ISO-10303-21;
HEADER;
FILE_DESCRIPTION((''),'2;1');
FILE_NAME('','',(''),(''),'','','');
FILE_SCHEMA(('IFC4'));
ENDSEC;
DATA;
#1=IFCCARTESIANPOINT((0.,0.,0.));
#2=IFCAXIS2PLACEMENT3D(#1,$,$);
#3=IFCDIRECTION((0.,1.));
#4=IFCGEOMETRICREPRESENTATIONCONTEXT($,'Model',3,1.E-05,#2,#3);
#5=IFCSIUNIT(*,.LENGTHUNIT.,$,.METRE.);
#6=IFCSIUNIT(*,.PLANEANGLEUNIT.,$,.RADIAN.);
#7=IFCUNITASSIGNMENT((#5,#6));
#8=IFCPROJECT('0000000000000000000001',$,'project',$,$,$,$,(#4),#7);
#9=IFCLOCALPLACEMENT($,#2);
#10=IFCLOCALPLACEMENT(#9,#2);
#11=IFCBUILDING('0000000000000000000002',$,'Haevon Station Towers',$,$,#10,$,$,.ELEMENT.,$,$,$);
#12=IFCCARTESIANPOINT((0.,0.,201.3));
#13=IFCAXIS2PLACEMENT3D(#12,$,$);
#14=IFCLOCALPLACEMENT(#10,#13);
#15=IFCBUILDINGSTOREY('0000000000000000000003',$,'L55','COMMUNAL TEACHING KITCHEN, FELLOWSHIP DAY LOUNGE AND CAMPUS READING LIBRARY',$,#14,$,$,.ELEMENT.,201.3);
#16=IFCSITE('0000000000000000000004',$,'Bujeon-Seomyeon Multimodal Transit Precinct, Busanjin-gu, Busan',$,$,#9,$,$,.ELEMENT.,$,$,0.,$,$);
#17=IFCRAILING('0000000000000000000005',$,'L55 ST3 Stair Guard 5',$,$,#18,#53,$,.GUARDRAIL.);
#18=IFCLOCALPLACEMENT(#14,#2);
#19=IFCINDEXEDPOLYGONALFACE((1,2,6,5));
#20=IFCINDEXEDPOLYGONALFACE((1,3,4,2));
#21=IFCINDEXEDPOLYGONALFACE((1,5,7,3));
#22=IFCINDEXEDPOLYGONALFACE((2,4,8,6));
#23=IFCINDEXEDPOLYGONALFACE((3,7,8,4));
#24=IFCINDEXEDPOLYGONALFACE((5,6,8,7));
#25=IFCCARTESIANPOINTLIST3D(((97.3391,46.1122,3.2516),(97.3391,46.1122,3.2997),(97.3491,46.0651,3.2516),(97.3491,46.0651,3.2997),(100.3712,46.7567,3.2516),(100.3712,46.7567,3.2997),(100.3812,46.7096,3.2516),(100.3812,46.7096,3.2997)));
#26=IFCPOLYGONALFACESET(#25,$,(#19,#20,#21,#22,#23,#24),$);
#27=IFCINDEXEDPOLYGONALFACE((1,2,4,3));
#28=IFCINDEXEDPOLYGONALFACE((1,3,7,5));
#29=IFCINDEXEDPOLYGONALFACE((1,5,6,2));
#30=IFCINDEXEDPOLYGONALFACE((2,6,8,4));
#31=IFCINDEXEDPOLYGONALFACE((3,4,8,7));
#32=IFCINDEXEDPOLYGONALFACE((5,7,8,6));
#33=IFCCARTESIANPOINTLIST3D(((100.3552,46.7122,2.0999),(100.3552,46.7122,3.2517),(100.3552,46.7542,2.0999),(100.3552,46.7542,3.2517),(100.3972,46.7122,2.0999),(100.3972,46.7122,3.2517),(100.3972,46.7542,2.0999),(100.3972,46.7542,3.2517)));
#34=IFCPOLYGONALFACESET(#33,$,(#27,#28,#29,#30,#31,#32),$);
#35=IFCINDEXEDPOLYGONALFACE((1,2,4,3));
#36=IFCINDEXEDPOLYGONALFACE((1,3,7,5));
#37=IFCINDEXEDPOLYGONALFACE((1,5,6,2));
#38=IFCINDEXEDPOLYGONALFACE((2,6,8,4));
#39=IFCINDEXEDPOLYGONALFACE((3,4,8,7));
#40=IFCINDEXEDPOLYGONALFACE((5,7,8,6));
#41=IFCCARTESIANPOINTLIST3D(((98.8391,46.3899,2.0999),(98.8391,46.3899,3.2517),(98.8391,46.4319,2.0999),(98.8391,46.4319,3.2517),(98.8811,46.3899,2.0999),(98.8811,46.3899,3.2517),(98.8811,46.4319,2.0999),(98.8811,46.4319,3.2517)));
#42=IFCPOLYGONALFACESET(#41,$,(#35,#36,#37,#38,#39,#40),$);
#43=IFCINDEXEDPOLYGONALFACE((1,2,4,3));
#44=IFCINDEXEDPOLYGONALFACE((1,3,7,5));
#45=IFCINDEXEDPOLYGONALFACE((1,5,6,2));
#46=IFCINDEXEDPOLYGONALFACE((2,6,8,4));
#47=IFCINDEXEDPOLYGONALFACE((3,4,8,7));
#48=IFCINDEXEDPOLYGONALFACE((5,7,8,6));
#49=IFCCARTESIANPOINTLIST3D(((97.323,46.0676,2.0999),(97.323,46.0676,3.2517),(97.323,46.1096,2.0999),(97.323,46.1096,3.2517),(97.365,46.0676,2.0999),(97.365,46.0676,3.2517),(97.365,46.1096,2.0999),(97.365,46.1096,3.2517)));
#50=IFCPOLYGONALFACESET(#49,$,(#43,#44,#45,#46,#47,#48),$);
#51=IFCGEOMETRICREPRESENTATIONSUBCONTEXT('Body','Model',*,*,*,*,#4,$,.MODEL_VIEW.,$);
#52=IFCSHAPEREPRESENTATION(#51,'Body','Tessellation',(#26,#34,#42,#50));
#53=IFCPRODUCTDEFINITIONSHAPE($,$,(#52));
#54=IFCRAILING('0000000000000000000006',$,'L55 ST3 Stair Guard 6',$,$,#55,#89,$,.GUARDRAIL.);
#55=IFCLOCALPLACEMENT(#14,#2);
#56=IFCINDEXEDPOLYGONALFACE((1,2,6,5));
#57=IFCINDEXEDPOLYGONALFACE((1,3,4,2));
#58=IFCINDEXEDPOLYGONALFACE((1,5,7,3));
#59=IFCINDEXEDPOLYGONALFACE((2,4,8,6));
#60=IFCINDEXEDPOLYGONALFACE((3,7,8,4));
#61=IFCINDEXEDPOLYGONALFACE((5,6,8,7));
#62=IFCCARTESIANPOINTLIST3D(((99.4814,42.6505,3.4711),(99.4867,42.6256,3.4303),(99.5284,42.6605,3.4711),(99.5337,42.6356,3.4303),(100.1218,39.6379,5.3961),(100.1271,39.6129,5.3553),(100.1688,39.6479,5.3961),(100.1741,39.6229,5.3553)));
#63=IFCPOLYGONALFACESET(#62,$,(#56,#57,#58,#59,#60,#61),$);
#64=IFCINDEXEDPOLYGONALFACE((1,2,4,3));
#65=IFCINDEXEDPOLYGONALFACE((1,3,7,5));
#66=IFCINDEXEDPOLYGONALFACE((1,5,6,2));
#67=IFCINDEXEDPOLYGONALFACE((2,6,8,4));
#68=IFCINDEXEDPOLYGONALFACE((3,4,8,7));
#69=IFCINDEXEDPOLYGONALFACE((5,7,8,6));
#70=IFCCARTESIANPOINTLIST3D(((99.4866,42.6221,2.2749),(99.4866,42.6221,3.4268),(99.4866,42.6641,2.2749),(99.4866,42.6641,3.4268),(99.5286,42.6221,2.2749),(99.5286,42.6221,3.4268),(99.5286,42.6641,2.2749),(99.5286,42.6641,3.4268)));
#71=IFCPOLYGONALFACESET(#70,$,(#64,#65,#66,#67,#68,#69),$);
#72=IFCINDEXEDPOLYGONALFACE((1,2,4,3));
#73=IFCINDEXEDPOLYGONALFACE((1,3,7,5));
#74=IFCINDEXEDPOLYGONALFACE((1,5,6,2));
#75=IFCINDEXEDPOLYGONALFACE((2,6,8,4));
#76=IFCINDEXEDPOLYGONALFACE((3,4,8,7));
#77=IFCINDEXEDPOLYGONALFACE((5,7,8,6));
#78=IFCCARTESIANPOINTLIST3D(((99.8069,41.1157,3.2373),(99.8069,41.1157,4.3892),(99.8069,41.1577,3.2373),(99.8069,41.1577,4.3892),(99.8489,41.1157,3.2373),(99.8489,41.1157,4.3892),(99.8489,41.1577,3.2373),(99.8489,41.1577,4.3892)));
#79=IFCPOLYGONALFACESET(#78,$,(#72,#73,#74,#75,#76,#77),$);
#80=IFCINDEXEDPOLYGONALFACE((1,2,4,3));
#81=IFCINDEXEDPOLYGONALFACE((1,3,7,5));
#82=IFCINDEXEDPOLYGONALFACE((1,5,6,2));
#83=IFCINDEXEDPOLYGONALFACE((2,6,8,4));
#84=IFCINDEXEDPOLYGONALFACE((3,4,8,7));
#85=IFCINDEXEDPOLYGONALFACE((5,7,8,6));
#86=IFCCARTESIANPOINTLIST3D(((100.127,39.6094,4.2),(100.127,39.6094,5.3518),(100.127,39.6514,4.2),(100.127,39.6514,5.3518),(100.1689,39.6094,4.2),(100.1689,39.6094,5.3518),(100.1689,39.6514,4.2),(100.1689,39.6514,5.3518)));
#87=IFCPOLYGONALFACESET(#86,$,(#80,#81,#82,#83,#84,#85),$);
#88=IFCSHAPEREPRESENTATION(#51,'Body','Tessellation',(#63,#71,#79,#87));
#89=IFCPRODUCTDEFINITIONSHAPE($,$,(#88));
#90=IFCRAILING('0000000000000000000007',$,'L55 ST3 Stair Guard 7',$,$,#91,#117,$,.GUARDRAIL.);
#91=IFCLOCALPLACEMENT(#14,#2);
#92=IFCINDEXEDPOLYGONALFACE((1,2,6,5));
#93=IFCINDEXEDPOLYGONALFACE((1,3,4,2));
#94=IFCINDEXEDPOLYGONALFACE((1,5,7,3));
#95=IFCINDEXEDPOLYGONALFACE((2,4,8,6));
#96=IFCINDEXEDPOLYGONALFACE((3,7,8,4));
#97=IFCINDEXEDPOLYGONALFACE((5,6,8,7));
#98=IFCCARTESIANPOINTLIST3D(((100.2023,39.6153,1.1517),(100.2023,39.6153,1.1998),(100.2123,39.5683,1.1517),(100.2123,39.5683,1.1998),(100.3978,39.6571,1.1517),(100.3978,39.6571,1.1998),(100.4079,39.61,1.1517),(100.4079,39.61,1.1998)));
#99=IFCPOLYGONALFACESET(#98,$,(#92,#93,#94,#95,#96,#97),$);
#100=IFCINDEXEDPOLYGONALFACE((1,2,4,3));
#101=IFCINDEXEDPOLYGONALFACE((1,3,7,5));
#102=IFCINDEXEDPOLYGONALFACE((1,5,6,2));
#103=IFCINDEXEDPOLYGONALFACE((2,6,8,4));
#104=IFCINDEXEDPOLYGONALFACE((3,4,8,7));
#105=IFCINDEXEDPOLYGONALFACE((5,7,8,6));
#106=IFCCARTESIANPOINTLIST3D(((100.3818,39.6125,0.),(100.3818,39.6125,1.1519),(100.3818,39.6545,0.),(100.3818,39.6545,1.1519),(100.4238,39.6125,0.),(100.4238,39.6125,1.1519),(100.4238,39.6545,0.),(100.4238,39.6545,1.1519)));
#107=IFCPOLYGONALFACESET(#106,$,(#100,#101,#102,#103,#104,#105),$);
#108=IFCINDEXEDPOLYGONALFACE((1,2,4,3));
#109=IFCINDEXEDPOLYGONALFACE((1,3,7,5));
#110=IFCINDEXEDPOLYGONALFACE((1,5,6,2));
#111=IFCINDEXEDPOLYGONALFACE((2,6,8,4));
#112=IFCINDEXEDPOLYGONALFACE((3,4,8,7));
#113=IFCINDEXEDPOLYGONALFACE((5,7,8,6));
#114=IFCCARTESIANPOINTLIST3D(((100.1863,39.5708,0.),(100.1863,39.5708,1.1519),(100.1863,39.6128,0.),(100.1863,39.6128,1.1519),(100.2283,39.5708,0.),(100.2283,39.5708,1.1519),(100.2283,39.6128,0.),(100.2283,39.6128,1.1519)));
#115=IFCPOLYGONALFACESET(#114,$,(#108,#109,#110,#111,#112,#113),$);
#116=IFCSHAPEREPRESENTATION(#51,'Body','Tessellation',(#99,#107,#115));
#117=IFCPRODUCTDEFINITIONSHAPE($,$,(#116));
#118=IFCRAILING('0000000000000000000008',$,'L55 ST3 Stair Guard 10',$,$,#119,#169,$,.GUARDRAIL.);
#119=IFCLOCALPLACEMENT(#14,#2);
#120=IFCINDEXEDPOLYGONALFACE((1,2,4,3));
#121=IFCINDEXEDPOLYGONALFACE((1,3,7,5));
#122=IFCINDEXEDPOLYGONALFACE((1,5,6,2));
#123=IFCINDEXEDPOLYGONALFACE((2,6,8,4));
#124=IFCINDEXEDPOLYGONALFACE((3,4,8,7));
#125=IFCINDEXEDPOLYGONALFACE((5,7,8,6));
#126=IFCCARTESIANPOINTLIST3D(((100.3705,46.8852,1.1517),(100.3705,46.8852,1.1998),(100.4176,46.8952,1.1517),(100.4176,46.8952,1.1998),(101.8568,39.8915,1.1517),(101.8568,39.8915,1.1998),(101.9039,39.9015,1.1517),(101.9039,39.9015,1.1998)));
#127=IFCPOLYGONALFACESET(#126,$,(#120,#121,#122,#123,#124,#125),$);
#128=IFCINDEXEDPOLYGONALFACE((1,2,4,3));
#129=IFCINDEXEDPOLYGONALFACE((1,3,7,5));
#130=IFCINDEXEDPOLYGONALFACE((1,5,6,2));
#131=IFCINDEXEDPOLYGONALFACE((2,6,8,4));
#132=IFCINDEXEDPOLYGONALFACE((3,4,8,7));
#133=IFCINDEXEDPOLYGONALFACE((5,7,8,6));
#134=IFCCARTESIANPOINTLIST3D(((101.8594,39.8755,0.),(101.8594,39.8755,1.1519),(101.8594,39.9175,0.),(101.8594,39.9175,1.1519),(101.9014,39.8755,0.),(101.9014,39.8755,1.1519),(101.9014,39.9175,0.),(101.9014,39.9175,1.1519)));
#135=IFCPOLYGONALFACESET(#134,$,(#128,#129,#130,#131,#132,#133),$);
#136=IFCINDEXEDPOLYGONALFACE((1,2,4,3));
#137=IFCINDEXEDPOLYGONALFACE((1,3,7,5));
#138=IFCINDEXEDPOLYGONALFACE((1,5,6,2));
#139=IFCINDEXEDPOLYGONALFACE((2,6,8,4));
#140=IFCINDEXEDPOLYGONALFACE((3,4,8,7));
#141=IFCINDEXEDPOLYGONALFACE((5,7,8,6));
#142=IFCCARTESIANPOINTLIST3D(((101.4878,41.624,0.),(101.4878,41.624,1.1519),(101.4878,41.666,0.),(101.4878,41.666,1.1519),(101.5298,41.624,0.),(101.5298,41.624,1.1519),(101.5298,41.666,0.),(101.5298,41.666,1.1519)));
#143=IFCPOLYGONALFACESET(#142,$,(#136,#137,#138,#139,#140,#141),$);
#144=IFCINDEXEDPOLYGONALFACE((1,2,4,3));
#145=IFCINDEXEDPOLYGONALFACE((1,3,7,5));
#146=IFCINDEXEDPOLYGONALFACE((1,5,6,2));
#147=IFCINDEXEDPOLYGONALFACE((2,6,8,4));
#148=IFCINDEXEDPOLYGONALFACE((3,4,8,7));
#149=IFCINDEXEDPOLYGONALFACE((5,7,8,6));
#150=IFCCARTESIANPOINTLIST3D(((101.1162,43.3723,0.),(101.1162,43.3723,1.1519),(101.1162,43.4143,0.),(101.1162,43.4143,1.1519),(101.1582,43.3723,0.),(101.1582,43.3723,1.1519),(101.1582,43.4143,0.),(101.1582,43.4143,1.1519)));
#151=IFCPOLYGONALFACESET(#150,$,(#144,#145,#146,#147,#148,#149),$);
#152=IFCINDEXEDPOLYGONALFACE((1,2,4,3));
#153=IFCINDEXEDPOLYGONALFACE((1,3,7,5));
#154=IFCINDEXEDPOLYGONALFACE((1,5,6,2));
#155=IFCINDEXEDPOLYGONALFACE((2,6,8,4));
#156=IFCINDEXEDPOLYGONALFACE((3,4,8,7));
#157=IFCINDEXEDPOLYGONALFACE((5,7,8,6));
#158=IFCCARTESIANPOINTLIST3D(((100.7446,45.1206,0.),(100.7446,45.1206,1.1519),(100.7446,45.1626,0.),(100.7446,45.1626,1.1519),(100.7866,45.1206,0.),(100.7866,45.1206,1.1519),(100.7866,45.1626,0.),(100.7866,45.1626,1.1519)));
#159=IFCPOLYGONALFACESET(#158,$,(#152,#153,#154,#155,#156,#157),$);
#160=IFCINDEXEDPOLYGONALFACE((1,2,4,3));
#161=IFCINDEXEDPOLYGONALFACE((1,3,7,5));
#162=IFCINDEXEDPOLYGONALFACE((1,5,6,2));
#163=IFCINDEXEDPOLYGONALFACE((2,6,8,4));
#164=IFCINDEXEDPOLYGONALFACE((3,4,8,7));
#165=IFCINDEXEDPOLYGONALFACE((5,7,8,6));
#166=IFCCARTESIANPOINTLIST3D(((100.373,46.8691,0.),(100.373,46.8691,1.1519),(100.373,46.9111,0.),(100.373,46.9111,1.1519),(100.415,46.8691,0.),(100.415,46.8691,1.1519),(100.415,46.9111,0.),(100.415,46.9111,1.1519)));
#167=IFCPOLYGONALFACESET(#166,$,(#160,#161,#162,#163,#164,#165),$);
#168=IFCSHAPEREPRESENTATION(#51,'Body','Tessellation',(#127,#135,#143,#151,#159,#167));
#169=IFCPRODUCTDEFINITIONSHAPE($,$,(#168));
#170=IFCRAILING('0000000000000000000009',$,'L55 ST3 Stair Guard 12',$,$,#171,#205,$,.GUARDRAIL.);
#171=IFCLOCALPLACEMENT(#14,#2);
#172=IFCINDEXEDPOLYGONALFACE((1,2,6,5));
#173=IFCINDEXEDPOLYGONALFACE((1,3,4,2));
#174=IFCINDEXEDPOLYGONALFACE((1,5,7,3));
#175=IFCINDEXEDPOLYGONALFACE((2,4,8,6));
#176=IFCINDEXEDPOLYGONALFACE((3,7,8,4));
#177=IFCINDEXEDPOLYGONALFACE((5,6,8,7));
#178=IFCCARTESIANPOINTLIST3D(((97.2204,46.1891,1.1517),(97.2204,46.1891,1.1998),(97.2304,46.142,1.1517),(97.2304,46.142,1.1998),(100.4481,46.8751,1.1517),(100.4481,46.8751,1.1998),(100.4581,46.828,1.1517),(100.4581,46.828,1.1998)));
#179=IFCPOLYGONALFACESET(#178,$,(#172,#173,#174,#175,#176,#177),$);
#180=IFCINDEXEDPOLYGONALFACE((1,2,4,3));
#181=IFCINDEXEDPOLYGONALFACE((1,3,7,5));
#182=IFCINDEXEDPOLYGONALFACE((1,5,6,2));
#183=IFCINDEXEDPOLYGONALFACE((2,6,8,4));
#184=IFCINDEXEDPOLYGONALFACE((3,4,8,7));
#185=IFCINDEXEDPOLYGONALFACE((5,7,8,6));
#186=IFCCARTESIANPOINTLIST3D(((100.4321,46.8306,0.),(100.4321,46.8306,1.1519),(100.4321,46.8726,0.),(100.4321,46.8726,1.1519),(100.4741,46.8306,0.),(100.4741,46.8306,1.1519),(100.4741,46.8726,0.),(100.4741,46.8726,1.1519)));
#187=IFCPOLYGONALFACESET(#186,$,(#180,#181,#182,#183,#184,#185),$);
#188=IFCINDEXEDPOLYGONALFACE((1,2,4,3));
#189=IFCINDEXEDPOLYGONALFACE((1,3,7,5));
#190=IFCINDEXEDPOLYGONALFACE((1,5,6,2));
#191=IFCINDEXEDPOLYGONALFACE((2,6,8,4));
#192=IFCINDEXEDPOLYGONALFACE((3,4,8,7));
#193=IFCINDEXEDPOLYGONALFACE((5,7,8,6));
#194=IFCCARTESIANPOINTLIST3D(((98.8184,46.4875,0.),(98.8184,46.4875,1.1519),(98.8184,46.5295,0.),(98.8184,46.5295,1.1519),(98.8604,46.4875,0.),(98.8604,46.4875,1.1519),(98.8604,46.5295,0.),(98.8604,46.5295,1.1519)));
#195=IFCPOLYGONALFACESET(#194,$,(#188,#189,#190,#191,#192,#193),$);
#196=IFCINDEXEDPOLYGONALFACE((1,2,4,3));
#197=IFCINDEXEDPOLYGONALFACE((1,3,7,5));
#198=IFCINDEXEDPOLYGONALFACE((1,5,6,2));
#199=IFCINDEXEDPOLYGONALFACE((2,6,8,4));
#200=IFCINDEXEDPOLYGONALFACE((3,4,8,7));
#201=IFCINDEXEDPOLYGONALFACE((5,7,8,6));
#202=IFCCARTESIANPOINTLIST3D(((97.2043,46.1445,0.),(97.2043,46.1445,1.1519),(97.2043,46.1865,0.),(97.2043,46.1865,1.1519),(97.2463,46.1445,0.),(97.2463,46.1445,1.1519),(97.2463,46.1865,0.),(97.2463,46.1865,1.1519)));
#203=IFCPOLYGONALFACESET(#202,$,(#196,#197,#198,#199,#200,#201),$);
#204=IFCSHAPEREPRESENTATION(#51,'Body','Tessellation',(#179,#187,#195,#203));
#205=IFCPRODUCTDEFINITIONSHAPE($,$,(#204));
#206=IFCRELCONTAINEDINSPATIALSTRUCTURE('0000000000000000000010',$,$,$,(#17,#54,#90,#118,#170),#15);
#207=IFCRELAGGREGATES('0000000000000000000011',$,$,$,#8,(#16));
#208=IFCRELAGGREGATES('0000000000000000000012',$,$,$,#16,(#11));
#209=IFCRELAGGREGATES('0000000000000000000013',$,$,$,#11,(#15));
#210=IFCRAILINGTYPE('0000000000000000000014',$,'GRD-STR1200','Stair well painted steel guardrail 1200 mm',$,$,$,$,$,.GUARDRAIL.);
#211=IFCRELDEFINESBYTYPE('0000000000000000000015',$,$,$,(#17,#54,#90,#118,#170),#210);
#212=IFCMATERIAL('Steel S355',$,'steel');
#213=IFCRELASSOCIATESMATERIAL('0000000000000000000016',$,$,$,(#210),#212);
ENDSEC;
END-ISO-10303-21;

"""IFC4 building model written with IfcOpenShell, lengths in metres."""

from ifc_helpers import new_model, si_unit, direction, frame, origin, origin_2d, place, context, subcontext, project, spatial, rectangle, extrude, material, type_object, element, save


model = new_model("IFC4")

# Units and contexts
model_context = context("Model", 3, precision=1e-05, world=origin(), true_north=direction((0.0, 1.0)))
body_context = subcontext(model_context, "Body", "Model", "MODEL_VIEW")
ifc_project = project(units=[si_unit("LENGTHUNIT", "METRE"), si_unit("PLANEANGLEUNIT", "RADIAN")], contexts=[model_context])

# Site, building, storey
site_placement = place(None, origin())
site = spatial("IfcSite", under=ifc_project, at=site_placement, Name="Bujeon-Seomyeon Multimodal Transit Precinct, Busanjin-gu, Busan", CompositionType="ELEMENT", RefElevation=0.0)
building_placement = place(site_placement, origin())
building = spatial("IfcBuilding", under=site, at=building_placement, Name="Haevon Station Towers", CompositionType="ELEMENT")
storey_placement = place(building_placement, frame((0.0, 0.0, 201.3)))
storey = spatial("IfcBuildingStorey", under=building, at=storey_placement, Name="L55", Description="COMMUNAL TEACHING KITCHEN, FELLOWSHIP DAY LOUNGE AND CAMPUS READING LIBRARY", CompositionType="ELEMENT", Elevation=201.3)

# Shared definitions
ifc_material_1 = material(Name="Steel S355", Category="steel")

# Railings
railing_type_1 = type_object("IfcRailingType", Name="GRD-STR1200", Description="Stair well painted steel guardrail 1200 mm", PredefinedType="GUARDRAIL", material=ifc_material_1)
railing_1_placement = place(storey_placement, frame((100.3762, 46.7332, 2.0999)))
element("IfcRailing", 1, at=railing_1_placement, inside=storey, type_object=railing_type_1, Name="L55 ST3 Stair Guard 5", PredefinedType="GUARDRAIL", context=body_context, shape_type="SweptSolid", body=[
    extrude(rectangle(XDim=0.0481, YDim=0.0481, at=origin_2d()), frame((0.0, 0.0, 1.1758), z_axis=(-0.978147, -0.207915, 0.0), x_axis=(0.207915, -0.978147, 0.0)), (0.0, 0.0, 1.0), 3.0999),
    extrude(rectangle(XDim=0.042, YDim=0.042, at=origin_2d()), origin(), (0.0, 0.0, 1.0), 1.1519),
    extrude(rectangle(XDim=0.042, YDim=0.042, at=origin_2d()), frame((-1.5161, -0.3223, 0.0)), (0.0, 0.0, 1.0), 1.1519),
    extrude(rectangle(XDim=0.042, YDim=0.042, at=origin_2d()), frame((-3.0322, -0.6445, 0.0)), (0.0, 0.0, 1.0), 1.1519),
])
railing_2_placement = place(storey_placement, frame((99.5076, 42.6431, 2.2749)))
element("IfcRailing", 2, at=railing_2_placement, inside=storey, type_object=railing_type_1, Name="L55 ST3 Stair Guard 6", PredefinedType="GUARDRAIL", context=body_context, shape_type="SweptSolid", body=[
    extrude(rectangle(XDim=0.0481, YDim=0.0481, at=origin_2d()), frame((0.0, 0.0, 1.1758), z_axis=(0.176311, -0.829461, 0.530008), x_axis=(0.978147, 0.207916, 0.0)), (0.0, 0.0, 1.0), 3.6321),
    extrude(rectangle(XDim=0.042, YDim=0.042, at=origin_2d()), origin(), (0.0, 0.0, 1.0), 1.1519),
    extrude(rectangle(XDim=0.042, YDim=0.042, at=origin_2d()), frame((0.3203, -1.5063, 0.9624)), (0.0, 0.0, 1.0), 1.1519),
    extrude(rectangle(XDim=0.042, YDim=0.042, at=origin_2d()), frame((0.6404, -3.0127, 1.925)), (0.0, 0.0, 1.0), 1.1519),
])
railing_3_placement = place(storey_placement, frame((100.4028, 39.6335, 0.0)))
element("IfcRailing", 3, at=railing_3_placement, inside=storey, type_object=railing_type_1, Name="L55 ST3 Stair Guard 7", PredefinedType="GUARDRAIL", context=body_context, shape_type="SweptSolid", body=[
    extrude(rectangle(XDim=0.0481, YDim=0.0481, at=origin_2d()), frame((0.0, 0.0, 1.1758), z_axis=(-0.977963, -0.208779, 0.0), x_axis=(0.208779, -0.977963, 0.0)), (0.0, 0.0, 1.0), 0.2),
    extrude(rectangle(XDim=0.042, YDim=0.042, at=origin_2d()), origin(), (0.0, 0.0, 1.0), 1.1519),
    extrude(rectangle(XDim=0.042, YDim=0.042, at=origin_2d()), frame((-0.1956, -0.0417, 0.0)), (0.0, 0.0, 1.0), 1.1519),
])
railing_4_placement = place(storey_placement, frame((101.8804, 39.8965, 0.0)))
element("IfcRailing", 4, at=railing_4_placement, inside=storey, type_object=railing_type_1, Name="L55 ST3 Stair Guard 10", PredefinedType="GUARDRAIL", context=body_context, shape_type="SweptSolid", body=[
    extrude(rectangle(XDim=0.0481, YDim=0.0481, at=origin_2d()), frame((0.0, 0.0, 1.1758), z_axis=(-0.207882, 0.978154, 0.0), x_axis=(-0.978154, -0.207882, 0.0)), (0.0, 0.0, 1.0), 7.1499),
    extrude(rectangle(XDim=0.042, YDim=0.042, at=origin_2d()), origin(), (0.0, 0.0, 1.0), 1.1519),
    extrude(rectangle(XDim=0.042, YDim=0.042, at=origin_2d()), frame((-0.3716, 1.7485, 0.0)), (0.0, 0.0, 1.0), 1.1519),
    extrude(rectangle(XDim=0.042, YDim=0.042, at=origin_2d()), frame((-0.7432, 3.4968, 0.0)), (0.0, 0.0, 1.0), 1.1519),
    extrude(rectangle(XDim=0.042, YDim=0.042, at=origin_2d()), frame((-1.1147, 5.2451, 0.0)), (0.0, 0.0, 1.0), 1.1519),
    extrude(rectangle(XDim=0.042, YDim=0.042, at=origin_2d()), frame((-1.4863, 6.9937, 0.0)), (0.0, 0.0, 1.0), 1.1519),
])
railing_5_placement = place(storey_placement, frame((100.4531, 46.8516, 0.0)))
element("IfcRailing", 5, at=railing_5_placement, inside=storey, type_object=railing_type_1, Name="L55 ST3 Stair Guard 12", PredefinedType="GUARDRAIL", context=body_context, shape_type="SweptSolid", body=[
    extrude(rectangle(XDim=0.0481, YDim=0.0481, at=origin_2d()), frame((0.0, 0.0, 1.1758), z_axis=(-0.978151, -0.207897, 0.0), x_axis=(0.207897, -0.978151, 0.0)), (0.0, 0.0, 1.0), 3.2998),
    extrude(rectangle(XDim=0.042, YDim=0.042, at=origin_2d()), origin(), (0.0, 0.0, 1.0), 1.1519),
    extrude(rectangle(XDim=0.042, YDim=0.042, at=origin_2d()), frame((-1.6138, -0.343, 0.0)), (0.0, 0.0, 1.0), 1.1519),
    extrude(rectangle(XDim=0.042, YDim=0.042, at=origin_2d()), frame((-3.2278, -0.686, 0.0)), (0.0, 0.0, 1.0), 1.1519),
])

save(model, "model.ifc")
